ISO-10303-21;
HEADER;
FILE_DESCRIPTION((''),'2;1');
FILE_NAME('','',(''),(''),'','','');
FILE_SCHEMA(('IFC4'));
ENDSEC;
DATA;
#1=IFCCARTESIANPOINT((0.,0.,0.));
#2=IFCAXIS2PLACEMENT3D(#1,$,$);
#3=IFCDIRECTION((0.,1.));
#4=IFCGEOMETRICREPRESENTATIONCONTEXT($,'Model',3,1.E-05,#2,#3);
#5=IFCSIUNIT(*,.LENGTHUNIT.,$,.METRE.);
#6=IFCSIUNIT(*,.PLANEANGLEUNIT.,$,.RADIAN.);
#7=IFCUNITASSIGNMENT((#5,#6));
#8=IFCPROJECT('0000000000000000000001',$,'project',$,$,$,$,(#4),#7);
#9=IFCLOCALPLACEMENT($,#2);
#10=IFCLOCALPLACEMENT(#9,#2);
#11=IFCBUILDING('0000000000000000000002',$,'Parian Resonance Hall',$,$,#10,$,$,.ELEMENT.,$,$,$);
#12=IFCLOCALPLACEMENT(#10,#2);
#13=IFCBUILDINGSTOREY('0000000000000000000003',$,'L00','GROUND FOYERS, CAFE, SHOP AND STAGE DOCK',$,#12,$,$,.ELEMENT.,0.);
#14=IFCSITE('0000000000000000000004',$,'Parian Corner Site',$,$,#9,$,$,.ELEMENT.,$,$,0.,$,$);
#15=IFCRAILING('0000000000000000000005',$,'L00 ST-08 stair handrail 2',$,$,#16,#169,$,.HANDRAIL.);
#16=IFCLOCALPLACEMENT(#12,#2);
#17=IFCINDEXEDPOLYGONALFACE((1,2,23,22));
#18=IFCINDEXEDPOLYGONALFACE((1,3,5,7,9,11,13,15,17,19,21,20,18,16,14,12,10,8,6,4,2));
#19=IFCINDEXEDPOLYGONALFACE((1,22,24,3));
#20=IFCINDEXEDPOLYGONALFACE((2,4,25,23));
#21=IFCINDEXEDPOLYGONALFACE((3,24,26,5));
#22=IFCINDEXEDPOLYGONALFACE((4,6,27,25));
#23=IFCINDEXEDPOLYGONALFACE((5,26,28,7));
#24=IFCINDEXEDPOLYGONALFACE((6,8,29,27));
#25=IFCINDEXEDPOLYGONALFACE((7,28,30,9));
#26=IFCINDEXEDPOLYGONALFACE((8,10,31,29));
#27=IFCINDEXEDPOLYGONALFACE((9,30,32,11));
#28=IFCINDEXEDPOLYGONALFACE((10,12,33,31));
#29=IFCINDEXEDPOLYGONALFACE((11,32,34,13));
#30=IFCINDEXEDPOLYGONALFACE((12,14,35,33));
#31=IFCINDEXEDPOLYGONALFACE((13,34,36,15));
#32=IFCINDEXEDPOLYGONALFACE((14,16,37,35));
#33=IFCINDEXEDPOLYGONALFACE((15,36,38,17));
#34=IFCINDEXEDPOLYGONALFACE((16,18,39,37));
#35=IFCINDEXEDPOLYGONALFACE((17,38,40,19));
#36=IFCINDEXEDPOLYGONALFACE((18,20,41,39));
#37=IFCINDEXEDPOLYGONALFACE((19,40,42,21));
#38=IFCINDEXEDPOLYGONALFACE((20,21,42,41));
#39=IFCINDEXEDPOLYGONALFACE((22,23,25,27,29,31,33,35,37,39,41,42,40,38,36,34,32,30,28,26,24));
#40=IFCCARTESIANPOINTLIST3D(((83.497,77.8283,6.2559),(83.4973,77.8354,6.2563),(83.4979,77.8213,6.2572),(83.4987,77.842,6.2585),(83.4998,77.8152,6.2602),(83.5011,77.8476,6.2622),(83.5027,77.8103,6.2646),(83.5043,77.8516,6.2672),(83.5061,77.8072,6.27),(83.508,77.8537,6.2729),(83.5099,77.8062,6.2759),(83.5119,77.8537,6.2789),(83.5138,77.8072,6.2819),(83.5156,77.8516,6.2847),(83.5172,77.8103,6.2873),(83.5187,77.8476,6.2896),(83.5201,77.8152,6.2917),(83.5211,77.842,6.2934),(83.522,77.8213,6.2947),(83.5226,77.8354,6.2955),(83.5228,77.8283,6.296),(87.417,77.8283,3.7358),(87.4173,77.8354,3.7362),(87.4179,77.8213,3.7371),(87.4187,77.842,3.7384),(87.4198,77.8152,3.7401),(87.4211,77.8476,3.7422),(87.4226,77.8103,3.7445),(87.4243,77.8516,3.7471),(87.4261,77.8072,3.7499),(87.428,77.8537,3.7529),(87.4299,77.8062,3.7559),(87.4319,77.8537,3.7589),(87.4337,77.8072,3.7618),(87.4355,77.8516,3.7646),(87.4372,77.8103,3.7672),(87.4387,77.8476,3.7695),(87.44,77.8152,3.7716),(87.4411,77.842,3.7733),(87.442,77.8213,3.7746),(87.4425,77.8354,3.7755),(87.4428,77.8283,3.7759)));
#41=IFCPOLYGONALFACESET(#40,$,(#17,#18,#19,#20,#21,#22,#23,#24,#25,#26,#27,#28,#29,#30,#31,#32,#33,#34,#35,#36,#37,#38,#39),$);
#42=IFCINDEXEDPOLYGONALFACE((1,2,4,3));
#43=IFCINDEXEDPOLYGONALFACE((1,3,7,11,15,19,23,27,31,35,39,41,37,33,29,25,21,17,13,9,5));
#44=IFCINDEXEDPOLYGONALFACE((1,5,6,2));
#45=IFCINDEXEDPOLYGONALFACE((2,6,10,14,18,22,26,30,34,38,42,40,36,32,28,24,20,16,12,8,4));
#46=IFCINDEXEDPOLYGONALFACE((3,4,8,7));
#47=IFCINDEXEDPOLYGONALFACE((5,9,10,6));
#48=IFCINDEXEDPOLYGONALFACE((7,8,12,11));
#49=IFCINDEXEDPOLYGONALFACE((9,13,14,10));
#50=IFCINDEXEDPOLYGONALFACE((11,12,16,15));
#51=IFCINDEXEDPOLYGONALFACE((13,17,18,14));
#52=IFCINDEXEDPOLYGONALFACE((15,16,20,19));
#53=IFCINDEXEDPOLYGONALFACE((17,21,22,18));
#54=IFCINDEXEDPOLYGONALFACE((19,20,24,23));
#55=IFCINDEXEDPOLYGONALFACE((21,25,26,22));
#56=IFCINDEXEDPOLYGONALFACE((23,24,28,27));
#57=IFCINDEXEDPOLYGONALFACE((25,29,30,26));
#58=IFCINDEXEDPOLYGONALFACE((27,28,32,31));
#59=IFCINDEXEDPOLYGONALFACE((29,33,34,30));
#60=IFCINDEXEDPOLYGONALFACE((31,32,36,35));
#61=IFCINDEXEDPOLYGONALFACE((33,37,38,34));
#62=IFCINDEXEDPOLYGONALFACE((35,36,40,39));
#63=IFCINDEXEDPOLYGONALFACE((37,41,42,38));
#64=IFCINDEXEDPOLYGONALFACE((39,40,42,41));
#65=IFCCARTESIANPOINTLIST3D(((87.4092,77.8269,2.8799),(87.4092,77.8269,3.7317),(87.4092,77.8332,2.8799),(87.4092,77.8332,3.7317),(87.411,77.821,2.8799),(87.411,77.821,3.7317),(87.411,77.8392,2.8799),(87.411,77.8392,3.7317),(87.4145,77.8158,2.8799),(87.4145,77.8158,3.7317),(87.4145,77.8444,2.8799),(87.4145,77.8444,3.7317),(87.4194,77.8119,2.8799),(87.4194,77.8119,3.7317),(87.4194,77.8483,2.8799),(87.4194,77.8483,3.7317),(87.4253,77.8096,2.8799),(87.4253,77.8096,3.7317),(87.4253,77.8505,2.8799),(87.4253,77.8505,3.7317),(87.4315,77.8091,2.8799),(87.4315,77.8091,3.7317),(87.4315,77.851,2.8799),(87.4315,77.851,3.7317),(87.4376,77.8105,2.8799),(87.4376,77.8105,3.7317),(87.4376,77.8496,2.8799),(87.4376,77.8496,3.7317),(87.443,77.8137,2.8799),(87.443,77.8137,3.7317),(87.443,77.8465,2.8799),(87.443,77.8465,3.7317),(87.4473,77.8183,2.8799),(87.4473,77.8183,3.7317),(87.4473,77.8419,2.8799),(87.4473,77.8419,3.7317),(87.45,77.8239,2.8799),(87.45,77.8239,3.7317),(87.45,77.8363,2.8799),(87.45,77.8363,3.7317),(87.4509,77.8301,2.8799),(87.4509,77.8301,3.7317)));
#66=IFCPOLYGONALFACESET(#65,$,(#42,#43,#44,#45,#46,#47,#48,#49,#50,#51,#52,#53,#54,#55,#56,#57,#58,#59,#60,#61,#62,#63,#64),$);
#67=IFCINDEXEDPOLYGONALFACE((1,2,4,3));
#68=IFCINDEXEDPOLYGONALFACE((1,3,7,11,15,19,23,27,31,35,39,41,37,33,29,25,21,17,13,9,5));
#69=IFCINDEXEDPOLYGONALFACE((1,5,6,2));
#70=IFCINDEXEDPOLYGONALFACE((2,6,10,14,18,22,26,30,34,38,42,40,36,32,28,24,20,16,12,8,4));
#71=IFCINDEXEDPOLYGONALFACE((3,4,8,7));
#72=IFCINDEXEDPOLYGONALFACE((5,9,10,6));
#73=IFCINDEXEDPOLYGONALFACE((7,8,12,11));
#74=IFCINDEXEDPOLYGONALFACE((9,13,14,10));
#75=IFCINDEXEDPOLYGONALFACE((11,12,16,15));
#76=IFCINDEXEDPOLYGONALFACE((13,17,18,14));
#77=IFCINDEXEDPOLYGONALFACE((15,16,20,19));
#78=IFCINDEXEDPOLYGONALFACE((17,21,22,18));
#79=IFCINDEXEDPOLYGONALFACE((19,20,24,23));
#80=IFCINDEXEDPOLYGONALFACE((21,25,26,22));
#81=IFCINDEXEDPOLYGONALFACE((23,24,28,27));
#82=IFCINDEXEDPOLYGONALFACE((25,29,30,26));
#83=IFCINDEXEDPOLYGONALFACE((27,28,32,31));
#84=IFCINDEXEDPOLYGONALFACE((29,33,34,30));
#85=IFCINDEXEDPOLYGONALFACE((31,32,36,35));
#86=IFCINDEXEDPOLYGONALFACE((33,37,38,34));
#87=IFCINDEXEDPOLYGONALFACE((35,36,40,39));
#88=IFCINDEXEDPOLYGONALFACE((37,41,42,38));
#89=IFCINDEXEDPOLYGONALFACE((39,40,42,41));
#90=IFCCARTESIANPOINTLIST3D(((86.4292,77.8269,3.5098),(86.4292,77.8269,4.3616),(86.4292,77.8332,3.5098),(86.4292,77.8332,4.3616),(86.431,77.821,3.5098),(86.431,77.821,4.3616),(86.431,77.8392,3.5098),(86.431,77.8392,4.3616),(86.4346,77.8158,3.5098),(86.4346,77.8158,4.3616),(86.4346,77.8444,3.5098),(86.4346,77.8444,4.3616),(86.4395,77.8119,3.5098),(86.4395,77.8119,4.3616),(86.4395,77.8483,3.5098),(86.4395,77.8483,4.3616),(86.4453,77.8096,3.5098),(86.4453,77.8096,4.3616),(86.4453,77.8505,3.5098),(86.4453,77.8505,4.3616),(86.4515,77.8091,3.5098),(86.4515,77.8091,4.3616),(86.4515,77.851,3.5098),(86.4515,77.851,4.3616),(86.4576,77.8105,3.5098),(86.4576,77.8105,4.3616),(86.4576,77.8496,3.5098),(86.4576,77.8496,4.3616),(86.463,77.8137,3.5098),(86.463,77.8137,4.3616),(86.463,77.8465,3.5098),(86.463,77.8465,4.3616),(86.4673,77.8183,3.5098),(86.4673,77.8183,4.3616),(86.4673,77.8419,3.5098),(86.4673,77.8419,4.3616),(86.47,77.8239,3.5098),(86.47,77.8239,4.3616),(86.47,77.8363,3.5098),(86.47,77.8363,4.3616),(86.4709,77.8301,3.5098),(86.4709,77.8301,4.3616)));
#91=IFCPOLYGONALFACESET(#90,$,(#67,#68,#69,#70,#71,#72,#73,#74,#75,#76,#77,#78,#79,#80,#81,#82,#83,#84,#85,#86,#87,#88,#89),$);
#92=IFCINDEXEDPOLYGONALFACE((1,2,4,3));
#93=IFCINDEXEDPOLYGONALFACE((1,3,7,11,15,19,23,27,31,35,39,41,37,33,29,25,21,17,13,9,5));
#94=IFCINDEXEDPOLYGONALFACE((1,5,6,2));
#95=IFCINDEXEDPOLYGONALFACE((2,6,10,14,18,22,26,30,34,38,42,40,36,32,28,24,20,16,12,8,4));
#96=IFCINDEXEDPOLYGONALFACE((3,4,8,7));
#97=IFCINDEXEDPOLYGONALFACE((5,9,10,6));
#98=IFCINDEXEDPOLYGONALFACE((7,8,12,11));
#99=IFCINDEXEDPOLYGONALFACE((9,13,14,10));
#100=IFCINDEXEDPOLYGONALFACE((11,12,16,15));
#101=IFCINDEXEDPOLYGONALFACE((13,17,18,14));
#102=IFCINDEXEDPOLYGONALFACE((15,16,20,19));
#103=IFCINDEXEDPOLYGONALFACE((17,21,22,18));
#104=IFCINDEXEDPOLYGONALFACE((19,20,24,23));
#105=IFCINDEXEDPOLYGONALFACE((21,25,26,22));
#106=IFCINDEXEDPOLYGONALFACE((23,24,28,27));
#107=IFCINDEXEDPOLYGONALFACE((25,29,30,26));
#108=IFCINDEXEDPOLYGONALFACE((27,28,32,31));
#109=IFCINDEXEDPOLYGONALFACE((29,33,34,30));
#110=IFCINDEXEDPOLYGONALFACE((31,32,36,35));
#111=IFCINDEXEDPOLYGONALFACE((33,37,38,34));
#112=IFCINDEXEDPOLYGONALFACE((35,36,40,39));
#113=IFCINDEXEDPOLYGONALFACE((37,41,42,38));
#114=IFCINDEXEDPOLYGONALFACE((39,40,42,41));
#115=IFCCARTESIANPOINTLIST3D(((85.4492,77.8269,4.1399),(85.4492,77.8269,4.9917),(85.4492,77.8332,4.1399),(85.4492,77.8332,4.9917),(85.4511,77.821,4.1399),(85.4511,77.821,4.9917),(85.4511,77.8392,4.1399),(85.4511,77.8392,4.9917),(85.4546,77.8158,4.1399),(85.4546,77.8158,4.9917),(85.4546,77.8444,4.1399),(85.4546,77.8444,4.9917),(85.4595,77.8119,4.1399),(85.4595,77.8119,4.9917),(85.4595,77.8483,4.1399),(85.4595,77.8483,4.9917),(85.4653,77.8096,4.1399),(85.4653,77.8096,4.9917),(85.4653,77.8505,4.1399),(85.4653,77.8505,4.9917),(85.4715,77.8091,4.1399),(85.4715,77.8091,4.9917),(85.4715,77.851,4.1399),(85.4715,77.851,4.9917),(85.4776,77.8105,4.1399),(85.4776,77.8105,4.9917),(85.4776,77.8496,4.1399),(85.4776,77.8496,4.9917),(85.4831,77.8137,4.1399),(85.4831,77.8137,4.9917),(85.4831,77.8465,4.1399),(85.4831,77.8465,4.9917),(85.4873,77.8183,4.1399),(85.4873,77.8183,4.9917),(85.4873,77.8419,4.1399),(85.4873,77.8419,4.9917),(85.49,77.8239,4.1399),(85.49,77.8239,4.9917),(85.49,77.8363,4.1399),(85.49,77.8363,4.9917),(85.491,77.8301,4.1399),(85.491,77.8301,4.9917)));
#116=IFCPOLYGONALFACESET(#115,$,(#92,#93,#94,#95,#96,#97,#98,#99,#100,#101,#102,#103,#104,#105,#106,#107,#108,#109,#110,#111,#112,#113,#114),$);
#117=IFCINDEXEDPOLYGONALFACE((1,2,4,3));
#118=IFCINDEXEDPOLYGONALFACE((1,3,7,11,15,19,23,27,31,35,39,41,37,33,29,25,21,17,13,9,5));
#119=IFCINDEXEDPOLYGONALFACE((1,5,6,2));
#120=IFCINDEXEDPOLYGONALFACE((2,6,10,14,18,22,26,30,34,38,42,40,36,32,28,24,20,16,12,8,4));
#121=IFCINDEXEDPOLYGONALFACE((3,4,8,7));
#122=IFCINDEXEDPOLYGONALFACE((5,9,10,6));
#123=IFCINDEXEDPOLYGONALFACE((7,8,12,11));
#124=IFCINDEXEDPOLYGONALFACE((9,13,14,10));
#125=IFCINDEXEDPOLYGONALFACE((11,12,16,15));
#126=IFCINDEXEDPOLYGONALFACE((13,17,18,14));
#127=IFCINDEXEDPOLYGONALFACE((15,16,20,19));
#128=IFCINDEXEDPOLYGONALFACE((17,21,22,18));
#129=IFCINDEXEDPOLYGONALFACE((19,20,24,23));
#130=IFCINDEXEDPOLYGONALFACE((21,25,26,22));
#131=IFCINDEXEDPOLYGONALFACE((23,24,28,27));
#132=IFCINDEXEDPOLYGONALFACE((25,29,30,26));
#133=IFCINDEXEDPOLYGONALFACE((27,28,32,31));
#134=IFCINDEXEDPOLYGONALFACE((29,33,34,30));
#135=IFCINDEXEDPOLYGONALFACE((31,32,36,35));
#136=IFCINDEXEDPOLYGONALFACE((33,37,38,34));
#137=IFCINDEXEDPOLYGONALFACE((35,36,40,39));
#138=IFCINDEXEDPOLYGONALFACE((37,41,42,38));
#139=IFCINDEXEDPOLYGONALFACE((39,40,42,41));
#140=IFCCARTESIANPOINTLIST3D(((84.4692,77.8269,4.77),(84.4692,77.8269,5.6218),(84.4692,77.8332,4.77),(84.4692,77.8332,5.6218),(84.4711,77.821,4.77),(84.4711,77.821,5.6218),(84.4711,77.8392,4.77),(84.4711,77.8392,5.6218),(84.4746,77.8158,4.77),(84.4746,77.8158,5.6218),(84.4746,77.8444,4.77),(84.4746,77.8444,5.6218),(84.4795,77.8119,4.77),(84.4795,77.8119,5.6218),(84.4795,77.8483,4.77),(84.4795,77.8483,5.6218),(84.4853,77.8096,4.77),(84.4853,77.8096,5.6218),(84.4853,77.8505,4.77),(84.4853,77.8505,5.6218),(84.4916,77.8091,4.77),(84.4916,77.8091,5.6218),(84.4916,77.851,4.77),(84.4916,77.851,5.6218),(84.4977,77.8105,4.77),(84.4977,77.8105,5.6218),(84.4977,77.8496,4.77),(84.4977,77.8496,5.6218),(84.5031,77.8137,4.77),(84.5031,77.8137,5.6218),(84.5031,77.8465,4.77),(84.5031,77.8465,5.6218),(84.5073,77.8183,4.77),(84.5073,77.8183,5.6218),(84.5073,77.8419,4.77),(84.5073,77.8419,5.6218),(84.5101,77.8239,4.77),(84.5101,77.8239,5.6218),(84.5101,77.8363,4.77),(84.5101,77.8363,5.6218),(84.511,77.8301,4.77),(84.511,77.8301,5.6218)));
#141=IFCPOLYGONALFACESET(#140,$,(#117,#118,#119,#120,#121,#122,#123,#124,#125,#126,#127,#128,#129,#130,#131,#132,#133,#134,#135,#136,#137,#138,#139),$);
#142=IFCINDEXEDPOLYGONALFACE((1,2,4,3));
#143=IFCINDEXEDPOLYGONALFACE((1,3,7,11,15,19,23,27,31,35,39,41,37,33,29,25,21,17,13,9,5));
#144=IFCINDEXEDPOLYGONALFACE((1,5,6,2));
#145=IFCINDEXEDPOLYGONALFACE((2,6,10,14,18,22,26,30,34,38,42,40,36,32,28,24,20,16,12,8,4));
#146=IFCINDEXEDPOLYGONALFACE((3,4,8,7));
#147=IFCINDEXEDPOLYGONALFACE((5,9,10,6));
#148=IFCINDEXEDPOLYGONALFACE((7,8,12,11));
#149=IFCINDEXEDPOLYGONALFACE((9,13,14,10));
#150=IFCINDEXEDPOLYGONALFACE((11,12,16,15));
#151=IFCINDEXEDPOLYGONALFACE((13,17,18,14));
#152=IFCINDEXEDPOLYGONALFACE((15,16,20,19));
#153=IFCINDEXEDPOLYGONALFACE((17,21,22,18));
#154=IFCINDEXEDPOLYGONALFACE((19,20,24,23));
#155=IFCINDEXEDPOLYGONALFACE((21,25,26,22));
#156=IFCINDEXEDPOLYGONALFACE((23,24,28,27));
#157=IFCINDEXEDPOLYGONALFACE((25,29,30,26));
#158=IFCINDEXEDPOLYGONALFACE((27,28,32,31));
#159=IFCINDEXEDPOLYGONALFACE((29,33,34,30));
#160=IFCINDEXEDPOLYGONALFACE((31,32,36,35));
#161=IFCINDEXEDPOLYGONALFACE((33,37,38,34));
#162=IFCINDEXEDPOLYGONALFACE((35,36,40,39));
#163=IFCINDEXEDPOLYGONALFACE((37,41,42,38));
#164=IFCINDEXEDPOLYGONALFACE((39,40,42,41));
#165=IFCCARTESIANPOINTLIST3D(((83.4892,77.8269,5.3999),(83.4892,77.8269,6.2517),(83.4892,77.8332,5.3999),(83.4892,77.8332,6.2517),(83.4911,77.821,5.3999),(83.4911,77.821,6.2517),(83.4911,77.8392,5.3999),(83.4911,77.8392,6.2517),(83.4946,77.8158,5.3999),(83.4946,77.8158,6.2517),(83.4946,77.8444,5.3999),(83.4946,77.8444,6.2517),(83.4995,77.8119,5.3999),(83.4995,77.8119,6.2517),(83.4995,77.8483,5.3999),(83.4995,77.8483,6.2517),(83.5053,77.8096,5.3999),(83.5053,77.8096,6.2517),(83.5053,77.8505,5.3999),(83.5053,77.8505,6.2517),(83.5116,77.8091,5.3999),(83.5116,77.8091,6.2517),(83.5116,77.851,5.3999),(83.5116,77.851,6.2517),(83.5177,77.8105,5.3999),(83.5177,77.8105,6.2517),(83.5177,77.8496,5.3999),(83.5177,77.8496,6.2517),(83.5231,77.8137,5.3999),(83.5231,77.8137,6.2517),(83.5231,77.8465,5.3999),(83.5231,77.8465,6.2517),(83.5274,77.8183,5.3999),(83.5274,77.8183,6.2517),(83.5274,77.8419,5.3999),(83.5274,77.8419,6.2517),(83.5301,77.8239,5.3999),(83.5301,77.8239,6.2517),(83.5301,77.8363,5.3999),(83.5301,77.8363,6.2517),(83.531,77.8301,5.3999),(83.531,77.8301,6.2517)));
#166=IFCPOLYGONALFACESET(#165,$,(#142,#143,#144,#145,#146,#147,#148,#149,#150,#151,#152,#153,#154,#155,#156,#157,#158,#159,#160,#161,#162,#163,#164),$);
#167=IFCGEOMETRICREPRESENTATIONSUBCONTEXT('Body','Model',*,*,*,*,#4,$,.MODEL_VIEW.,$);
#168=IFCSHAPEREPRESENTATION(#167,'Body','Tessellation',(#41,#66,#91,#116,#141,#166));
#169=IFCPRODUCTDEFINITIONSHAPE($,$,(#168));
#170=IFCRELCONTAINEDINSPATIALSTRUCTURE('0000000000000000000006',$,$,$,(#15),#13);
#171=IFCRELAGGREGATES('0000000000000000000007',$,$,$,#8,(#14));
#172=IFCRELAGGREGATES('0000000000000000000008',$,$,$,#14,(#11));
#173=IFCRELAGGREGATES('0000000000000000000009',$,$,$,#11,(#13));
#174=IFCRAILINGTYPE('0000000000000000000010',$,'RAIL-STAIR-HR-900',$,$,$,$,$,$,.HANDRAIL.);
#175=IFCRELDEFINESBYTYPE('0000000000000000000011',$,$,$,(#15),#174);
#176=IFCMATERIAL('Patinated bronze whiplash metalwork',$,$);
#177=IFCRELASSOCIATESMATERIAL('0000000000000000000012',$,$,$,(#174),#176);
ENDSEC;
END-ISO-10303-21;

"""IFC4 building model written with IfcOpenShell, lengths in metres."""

from ifc_helpers import new_model, si_unit, direction, frame, origin, origin_2d, place, context, subcontext, project, spatial, circle, extrude, material, type_object, element, save


model = new_model("IFC4")

# Units and contexts
model_context = context("Model", 3, precision=1e-05, world=origin(), true_north=direction((0.0, 1.0)))
body_context = subcontext(model_context, "Body", "Model", "MODEL_VIEW")
ifc_project = project(units=[si_unit("LENGTHUNIT", "METRE"), si_unit("PLANEANGLEUNIT", "RADIAN")], contexts=[model_context])

# Site, building, storey
site_placement = place(None, origin())
site = spatial("IfcSite", under=ifc_project, at=site_placement, Name="Parian Corner Site", CompositionType="ELEMENT", RefElevation=0.0)
building_placement = place(site_placement, origin())
building = spatial("IfcBuilding", under=site, at=building_placement, Name="Parian Resonance Hall", CompositionType="ELEMENT")
storey_placement = place(building_placement, origin())
storey = spatial("IfcBuildingStorey", under=building, at=storey_placement, Name="L00", Description="GROUND FOYERS, CAFE, SHOP AND STAGE DOCK", CompositionType="ELEMENT", Elevation=0.0)

# Railing
ifc_material_1 = material(Name="Patinated bronze whiplash metalwork")
railing_type_1 = type_object("IfcRailingType", Name="RAIL-STAIR-HR-900", PredefinedType="HANDRAIL", material=ifc_material_1)
railing_1_placement = place(storey_placement, frame((87.4299, 77.8301, 2.8799)))
element("IfcRailing", 1, at=railing_1_placement, inside=storey, type_object=railing_type_1, Name="L00 ST-08 stair handrail 2", PredefinedType="HANDRAIL", context=body_context, shape_type="SweptSolid", body=[
    extrude(circle(Radius=0.0239, at=origin_2d()), frame((0.0, 0.0, 0.876), z_axis=(-0.841172, 0.0, 0.540768), x_axis=(0.0, -1.0, 0.0)), (0.0, 0.0, 1.0), 4.6602),
    extrude(circle(Radius=0.021, at=origin_2d()), origin(), (0.0, 0.0, 1.0), 0.8518),
    extrude(circle(Radius=0.021, at=origin_2d()), frame((-0.98, 0.0, 0.6299)), (0.0, 0.0, 1.0), 0.8518),
    extrude(circle(Radius=0.021, at=origin_2d()), frame((-1.96, 0.0, 1.26)), (0.0, 0.0, 1.0), 0.8518),
    extrude(circle(Radius=0.021, at=origin_2d()), frame((-2.9399, 0.0, 1.8901)), (0.0, 0.0, 1.0), 0.8518),
    extrude(circle(Radius=0.021, at=origin_2d()), frame((-3.9199, 0.0, 2.52)), (0.0, 0.0, 1.0), 0.8518),
])

save(model, "model.ifc")
